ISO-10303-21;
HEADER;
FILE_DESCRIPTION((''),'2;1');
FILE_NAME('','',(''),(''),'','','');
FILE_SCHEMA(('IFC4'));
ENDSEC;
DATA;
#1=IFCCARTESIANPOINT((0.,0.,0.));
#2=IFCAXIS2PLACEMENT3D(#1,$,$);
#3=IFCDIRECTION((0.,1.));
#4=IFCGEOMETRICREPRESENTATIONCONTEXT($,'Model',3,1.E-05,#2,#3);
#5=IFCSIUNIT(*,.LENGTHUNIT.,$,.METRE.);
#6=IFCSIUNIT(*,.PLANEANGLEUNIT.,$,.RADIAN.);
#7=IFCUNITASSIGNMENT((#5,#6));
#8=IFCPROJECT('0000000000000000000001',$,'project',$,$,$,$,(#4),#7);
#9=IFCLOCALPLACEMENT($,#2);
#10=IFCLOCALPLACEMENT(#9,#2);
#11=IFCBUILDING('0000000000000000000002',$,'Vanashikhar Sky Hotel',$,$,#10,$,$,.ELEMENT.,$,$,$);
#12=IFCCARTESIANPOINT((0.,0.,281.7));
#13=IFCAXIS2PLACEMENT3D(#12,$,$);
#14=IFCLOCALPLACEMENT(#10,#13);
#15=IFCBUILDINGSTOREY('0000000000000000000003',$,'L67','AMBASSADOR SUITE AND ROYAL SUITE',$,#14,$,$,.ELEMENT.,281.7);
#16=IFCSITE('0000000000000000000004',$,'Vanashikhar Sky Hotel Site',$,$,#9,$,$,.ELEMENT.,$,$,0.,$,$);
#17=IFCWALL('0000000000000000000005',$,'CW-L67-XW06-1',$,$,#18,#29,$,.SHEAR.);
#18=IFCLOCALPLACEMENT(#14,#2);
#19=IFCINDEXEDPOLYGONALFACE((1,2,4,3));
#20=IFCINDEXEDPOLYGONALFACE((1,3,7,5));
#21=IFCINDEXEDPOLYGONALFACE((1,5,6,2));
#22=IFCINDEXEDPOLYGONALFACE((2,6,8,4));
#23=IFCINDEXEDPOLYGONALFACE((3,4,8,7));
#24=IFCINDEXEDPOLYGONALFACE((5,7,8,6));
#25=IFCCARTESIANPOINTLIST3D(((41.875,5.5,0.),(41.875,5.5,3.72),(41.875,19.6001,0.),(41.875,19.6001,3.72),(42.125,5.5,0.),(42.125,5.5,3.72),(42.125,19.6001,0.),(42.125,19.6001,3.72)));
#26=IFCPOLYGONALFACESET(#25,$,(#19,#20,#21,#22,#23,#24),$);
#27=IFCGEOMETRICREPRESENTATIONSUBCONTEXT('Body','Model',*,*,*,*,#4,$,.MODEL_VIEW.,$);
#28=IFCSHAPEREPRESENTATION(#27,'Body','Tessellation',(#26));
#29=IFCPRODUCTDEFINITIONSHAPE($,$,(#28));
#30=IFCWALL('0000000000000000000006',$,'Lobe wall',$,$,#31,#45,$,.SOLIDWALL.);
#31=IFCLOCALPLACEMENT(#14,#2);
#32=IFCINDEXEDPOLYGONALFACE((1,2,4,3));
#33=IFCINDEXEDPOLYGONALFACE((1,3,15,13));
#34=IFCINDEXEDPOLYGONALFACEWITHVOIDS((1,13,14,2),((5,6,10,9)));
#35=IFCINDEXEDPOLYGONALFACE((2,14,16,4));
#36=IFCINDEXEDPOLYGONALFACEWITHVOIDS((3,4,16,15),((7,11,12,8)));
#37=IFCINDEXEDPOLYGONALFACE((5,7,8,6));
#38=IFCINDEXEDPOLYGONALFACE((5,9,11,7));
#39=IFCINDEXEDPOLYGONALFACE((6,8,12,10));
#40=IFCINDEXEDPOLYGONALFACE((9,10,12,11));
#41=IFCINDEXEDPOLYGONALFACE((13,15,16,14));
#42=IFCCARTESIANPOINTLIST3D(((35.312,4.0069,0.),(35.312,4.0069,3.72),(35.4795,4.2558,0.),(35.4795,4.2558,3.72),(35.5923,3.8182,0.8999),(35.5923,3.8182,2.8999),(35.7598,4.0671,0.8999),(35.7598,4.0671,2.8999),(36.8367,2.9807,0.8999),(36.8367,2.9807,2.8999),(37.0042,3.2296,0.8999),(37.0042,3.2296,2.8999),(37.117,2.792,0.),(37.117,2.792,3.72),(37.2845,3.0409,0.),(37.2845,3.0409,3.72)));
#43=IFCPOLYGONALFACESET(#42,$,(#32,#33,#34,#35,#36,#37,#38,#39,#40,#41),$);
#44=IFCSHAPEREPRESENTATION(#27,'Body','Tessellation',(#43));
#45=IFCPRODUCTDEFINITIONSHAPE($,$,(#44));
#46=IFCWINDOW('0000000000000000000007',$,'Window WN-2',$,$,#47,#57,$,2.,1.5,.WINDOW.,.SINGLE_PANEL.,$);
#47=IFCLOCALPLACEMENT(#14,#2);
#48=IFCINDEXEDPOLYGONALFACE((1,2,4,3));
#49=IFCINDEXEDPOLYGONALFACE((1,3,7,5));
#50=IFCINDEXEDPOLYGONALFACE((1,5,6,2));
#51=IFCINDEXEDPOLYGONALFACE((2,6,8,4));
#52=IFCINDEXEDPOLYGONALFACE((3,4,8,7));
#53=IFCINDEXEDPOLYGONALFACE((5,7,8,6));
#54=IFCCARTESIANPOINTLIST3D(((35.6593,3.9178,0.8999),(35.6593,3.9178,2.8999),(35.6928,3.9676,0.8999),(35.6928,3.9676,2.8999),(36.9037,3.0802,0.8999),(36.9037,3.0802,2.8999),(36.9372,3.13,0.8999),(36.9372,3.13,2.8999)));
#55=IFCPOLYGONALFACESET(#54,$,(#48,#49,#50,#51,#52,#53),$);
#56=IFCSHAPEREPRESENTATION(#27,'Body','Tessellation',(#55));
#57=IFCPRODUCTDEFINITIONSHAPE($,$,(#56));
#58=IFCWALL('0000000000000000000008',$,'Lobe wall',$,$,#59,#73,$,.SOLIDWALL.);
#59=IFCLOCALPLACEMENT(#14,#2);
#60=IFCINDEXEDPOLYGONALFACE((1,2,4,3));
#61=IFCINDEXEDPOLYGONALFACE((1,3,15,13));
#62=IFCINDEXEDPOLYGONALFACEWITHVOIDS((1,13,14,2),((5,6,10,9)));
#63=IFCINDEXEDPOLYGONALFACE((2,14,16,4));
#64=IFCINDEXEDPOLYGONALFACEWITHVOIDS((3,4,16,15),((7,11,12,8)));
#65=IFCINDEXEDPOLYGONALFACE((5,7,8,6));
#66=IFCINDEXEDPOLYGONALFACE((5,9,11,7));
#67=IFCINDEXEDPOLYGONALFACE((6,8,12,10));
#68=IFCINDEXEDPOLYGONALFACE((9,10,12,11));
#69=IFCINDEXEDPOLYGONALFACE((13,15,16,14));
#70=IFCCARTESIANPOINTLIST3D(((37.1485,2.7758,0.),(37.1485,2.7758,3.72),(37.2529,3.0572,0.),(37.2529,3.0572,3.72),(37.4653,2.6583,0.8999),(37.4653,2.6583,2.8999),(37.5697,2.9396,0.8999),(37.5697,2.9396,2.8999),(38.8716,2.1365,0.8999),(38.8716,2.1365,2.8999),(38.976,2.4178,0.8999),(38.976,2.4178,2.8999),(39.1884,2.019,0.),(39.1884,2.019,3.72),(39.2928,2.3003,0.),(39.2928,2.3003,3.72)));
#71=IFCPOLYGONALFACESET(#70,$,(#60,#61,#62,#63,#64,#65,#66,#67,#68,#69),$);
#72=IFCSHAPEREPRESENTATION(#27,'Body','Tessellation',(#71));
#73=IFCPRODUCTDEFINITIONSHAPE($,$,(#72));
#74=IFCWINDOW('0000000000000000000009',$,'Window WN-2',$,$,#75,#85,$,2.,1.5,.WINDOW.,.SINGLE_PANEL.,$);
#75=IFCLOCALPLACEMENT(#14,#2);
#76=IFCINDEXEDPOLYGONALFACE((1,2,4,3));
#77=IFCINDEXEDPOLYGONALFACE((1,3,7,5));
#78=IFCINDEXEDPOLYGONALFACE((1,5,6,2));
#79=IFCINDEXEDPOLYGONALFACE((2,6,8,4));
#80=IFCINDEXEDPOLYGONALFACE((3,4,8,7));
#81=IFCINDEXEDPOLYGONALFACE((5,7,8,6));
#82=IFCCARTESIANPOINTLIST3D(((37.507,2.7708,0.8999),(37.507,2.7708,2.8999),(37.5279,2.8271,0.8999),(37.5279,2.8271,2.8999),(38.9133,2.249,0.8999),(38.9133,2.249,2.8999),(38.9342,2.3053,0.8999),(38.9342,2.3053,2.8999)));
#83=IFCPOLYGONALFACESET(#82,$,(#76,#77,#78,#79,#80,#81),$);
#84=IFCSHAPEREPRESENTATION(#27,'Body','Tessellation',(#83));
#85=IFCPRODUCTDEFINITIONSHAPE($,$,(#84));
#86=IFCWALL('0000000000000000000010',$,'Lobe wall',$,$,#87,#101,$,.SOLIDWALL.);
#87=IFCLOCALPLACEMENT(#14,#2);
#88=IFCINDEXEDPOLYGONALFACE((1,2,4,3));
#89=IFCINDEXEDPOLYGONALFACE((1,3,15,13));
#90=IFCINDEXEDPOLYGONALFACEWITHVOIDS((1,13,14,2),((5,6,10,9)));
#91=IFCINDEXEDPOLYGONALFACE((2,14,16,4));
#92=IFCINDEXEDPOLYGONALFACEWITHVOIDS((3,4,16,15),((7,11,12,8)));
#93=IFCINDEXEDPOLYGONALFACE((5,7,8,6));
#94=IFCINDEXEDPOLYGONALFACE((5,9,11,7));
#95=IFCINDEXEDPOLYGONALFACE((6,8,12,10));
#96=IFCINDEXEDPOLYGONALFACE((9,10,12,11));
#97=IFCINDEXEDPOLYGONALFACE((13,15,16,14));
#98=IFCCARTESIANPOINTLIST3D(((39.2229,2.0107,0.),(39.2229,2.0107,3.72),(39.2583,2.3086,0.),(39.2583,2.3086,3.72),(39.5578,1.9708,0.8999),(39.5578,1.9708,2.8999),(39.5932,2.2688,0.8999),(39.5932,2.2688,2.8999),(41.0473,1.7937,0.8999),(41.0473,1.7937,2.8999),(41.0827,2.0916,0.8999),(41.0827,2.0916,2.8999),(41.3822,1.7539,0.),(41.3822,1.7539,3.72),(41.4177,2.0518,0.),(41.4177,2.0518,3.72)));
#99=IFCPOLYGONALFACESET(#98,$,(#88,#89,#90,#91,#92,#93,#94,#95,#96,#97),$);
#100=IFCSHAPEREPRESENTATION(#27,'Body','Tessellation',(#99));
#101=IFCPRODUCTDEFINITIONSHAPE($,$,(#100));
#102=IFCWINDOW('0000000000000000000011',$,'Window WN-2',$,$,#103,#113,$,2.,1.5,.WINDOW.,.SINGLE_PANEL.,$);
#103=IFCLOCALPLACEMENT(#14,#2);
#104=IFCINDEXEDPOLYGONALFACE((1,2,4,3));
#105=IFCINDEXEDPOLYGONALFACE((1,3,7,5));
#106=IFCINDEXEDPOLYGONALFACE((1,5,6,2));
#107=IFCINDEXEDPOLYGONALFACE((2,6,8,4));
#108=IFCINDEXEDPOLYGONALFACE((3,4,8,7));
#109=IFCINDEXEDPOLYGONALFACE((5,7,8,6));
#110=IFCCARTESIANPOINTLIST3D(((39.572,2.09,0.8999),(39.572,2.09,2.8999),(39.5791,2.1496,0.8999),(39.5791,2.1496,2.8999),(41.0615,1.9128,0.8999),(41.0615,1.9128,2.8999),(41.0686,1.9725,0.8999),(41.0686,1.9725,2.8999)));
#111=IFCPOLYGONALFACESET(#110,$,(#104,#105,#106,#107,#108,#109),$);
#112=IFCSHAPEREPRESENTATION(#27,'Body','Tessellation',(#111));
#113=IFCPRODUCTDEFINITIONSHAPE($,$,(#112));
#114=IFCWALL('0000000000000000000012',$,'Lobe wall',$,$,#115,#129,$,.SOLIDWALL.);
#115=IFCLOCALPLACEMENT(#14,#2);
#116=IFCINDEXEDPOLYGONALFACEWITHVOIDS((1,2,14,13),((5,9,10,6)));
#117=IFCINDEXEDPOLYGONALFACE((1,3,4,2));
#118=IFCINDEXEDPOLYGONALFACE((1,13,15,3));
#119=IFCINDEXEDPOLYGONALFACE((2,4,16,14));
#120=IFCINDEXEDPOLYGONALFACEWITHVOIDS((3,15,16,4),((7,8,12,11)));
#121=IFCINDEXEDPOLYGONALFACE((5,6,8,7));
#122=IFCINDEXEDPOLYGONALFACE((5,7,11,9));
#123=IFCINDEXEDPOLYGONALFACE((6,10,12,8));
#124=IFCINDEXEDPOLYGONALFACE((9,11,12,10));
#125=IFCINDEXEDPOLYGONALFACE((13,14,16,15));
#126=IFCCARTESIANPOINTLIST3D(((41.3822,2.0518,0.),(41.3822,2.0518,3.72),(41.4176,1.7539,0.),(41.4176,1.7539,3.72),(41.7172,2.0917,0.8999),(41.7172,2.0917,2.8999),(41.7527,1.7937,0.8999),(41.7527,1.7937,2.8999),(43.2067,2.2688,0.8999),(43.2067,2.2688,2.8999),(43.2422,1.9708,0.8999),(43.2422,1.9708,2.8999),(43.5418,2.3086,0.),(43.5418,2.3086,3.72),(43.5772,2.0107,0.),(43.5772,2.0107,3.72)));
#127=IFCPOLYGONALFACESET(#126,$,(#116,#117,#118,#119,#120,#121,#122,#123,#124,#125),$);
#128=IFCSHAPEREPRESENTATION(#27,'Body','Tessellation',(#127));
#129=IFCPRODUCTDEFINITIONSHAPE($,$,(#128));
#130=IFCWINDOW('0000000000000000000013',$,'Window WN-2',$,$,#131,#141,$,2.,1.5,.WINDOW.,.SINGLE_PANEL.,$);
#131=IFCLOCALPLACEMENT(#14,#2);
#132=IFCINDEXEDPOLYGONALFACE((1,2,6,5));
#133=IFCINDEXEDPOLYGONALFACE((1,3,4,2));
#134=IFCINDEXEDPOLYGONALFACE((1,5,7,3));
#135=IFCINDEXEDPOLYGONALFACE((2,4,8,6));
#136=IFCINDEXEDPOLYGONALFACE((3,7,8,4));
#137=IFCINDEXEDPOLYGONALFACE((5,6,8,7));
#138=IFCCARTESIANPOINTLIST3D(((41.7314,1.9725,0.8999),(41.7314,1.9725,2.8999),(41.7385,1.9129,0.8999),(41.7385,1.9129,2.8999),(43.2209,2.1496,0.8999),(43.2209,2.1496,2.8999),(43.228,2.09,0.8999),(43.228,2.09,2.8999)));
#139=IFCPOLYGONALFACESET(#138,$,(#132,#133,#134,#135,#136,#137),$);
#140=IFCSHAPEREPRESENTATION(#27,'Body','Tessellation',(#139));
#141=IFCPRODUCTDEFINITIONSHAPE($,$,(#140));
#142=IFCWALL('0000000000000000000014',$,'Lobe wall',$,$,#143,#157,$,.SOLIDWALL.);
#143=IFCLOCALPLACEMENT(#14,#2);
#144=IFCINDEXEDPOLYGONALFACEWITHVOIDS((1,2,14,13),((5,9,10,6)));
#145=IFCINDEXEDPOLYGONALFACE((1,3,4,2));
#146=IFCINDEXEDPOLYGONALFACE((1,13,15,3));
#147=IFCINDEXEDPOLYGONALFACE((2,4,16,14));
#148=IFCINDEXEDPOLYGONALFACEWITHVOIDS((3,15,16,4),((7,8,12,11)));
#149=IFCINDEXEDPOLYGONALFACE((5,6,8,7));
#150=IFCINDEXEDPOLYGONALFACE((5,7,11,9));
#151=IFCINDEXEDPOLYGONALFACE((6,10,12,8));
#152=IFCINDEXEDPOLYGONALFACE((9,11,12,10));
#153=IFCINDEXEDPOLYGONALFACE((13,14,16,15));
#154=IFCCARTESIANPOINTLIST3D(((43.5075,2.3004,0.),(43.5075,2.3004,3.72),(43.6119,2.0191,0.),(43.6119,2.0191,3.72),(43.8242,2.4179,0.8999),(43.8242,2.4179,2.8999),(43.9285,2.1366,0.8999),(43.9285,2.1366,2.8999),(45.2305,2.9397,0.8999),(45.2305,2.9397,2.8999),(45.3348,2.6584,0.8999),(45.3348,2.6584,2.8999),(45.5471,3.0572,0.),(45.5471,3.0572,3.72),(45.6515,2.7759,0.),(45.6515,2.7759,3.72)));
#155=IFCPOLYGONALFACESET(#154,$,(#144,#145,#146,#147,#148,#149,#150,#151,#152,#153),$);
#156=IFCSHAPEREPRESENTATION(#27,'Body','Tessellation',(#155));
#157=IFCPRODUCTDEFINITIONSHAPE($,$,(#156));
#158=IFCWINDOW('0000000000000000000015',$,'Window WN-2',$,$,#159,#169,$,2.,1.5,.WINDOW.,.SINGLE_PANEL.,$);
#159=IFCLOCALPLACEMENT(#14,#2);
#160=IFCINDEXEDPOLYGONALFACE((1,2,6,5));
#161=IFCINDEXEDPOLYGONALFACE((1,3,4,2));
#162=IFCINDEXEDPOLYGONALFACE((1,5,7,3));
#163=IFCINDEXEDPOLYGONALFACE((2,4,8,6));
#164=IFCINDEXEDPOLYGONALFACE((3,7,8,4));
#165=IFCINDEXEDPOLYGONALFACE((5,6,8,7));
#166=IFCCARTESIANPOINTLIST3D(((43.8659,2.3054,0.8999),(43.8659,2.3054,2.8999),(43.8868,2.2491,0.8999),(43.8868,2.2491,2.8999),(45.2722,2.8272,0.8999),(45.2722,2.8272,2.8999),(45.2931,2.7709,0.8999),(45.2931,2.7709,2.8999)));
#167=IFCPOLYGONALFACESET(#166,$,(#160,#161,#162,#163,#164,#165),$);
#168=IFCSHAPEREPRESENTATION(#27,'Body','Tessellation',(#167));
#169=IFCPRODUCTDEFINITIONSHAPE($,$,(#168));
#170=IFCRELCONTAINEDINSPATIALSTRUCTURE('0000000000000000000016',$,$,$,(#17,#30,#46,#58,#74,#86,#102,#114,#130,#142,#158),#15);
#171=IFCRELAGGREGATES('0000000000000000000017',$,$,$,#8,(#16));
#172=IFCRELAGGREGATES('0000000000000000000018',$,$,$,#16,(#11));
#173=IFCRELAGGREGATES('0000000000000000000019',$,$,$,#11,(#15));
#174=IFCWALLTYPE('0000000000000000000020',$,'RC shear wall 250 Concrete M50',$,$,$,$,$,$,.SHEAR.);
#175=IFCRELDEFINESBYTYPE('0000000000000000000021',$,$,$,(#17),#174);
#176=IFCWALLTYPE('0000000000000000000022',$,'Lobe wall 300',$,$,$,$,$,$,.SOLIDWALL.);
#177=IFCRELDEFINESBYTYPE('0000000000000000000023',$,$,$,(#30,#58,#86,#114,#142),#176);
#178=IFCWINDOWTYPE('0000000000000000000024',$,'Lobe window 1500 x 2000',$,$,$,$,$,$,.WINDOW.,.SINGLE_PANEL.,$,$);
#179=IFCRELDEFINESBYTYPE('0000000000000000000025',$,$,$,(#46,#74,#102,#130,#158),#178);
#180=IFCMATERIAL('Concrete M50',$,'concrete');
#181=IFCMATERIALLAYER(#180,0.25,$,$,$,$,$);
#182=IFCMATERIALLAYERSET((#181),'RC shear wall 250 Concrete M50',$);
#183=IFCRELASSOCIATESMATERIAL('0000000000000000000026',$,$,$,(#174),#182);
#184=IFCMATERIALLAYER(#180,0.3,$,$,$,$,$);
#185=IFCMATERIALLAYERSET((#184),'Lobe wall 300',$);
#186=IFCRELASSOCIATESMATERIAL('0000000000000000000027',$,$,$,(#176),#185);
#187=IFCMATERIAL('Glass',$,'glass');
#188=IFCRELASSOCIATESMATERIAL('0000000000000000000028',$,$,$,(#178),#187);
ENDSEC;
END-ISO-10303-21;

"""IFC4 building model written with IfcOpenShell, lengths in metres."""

from ifc_helpers import new_model, si_unit, direction, frame, frame_2d, origin, place, context, subcontext, project, spatial, rectangle, extrude, source, transform, mapped, material, layer, layer_set, type_object, element, fill, save


model = new_model("IFC4")

# Units and contexts
model_context = context("Model", 3, precision=1e-05, world=origin(), true_north=direction((0.0, 1.0)))
body_context = subcontext(model_context, "Body", "Model", "MODEL_VIEW")
ifc_project = project(units=[si_unit("LENGTHUNIT", "METRE"), si_unit("PLANEANGLEUNIT", "RADIAN")], contexts=[model_context])

# Site, building, storey
site_placement = place(None, origin())
site = spatial("IfcSite", under=ifc_project, at=site_placement, Name="Vanashikhar Sky Hotel Site", CompositionType="ELEMENT", RefElevation=0.0)
building_placement = place(site_placement, origin())
building = spatial("IfcBuilding", under=site, at=building_placement, Name="Vanashikhar Sky Hotel", CompositionType="ELEMENT")
storey_placement = place(building_placement, frame((0.0, 0.0, 281.7)))
storey = spatial("IfcBuildingStorey", under=building, at=storey_placement, Name="L67", Description="AMBASSADOR SUITE AND ROYAL SUITE", CompositionType="ELEMENT", Elevation=281.7)

# Wall
ifc_material_1 = material(Name="Concrete M50", Category="concrete")
ifc_layer_1 = layer(ifc_material_1, 0.25)
ifc_layer_set_1 = layer_set([ifc_layer_1], Name="RC shear wall 250 Concrete M50")
wall_type_1 = type_object("IfcWallType", Name="RC shear wall 250 Concrete M50", PredefinedType="SHEAR", material=ifc_layer_set_1)
shared_shape_1 = source(origin(), body_context, "Body", "SweptSolid", [
    extrude(rectangle(XDim=14.1001, YDim=0.25, at=frame_2d((7.05, 0.0))), origin(), (0.0, 0.0, 1.0), 3.72),
])
wall_1_placement = place(storey_placement, frame((42.0, 5.5, 0.0), z_axis=(0.0, 0.0, 1.0), x_axis=(0.0, 1.0, 0.0)))
element("IfcWall", 1, at=wall_1_placement, inside=storey, type_object=wall_type_1, Name="CW-L67-XW06-1", PredefinedType="SHEAR", context=body_context, shape_type="MappedRepresentation", body=[
    mapped(shared_shape_1, transform((0.0, 0.0, 0.0), scale=1.0)),
])

# Walls, openings, windows
ifc_layer_2 = layer(ifc_material_1, 0.3)
ifc_layer_set_2 = layer_set([ifc_layer_2], Name="Lobe wall 300")
wall_type_2 = type_object("IfcWallType", Name="Lobe wall 300", PredefinedType="SOLIDWALL", material=ifc_layer_set_2)
shared_shape_2 = source(origin(), body_context, "Body", "SweptSolid", [
    extrude(rectangle(XDim=2.1758, YDim=0.3, at=frame_2d((1.0879, 0.0))), origin(), (0.0, 0.0, 1.0), 3.72),
])
wall_2_placement = place(storey_placement, frame((35.3958, 4.1313, 0.0), z_axis=(0.0, 0.0, 1.0), x_axis=(0.829591, -0.558372, 0.0)))
wall_2 = element("IfcWall", 2, at=wall_2_placement, inside=storey, type_object=wall_type_2, Name="Lobe wall", PredefinedType="SOLIDWALL", context=body_context, shape_type="MappedRepresentation", body=[
    mapped(shared_shape_2, transform((0.0, 0.0, 0.0), scale=1.0)),
])
shared_shape_3 = source(origin(), body_context, "Body", "SweptSolid", [
    extrude(rectangle(XDim=1.5, YDim=2.0, at=frame_2d((0.75, 1.0))), frame((0.0, 0.1602, 0.0), z_axis=(0.0, -1.0, 0.0), x_axis=(1.0, 0.0, 0.0)), (0.0, 0.0, 1.0), 0.3201),
])
opening_1_placement = place(wall_2_placement, frame((0.3379, 0.0, 0.8999)))
opening_1 = element("IfcOpeningElement", 3, at=opening_1_placement, cuts=wall_2, PredefinedType="OPENING", context=body_context, shape_type="MappedRepresentation", body=[
    mapped(shared_shape_3, transform((0.0, 0.0, 0.0), scale=1.0)),
])
ifc_material_2 = material(Name="Glass", Category="glass")
window_type = type_object("IfcWindowType", Name="Lobe window 1500 x 2000", PartitioningType="SINGLE_PANEL", PredefinedType="WINDOW", material=ifc_material_2)
shared_shape_4 = source(origin(), body_context, "Body", "SweptSolid", [
    extrude(rectangle(XDim=1.5, YDim=2.0, at=frame_2d((0.75, 1.0))), frame((0.0, 0.03, 0.0), z_axis=(0.0, -1.0, 0.0), x_axis=(1.0, 0.0, 0.0)), (0.0, 0.0, 1.0), 0.0601),
])
window_1_placement = place(opening_1_placement, origin())
window_1 = element("IfcWindow", 4, at=window_1_placement, inside=storey, type_object=window_type, Name="Window WN-2", OverallHeight=2.0, OverallWidth=1.5, PartitioningType="SINGLE_PANEL", PredefinedType="WINDOW", context=body_context, shape_type="MappedRepresentation", body=[
    mapped(shared_shape_4, transform((0.0, 0.0, 0.0), scale=1.0)),
])
fill(opening_1, window_1)
wall_3_placement = place(storey_placement, frame((37.2007, 2.9165, 0.0), z_axis=(0.0, 0.0, 1.0), x_axis=(0.937546, -0.347863, 0.0)))
wall_3 = element("IfcWall", 5, at=wall_3_placement, inside=storey, type_object=wall_type_2, Name="Lobe wall", PredefinedType="SOLIDWALL", context=body_context, shape_type="MappedRepresentation", body=[
    mapped(shared_shape_2, transform((0.0, 0.0, 0.0), scale=1.0)),
])
opening_2_placement = place(wall_3_placement, frame((0.3379, 0.0, 0.8999)))
opening_2 = element("IfcOpeningElement", 6, at=opening_2_placement, cuts=wall_3, PredefinedType="OPENING", context=body_context, shape_type="MappedRepresentation", body=[
    mapped(shared_shape_3, transform((0.0, 0.0, 0.0), scale=1.0)),
])
window_2_placement = place(opening_2_placement, origin())
window_2 = element("IfcWindow", 7, at=window_2_placement, inside=storey, type_object=window_type, Name="Window WN-2", OverallHeight=2.0, OverallWidth=1.5, PartitioningType="SINGLE_PANEL", PredefinedType="WINDOW", context=body_context, shape_type="MappedRepresentation", body=[
    mapped(shared_shape_4, transform((0.0, 0.0, 0.0), scale=1.0)),
])
fill(opening_2, window_2)
shared_shape_5 = source(origin(), body_context, "Body", "SweptSolid", [
    extrude(rectangle(XDim=2.1746, YDim=0.3, at=frame_2d((1.0874, 0.0))), origin(), (0.0, 0.0, 1.0), 3.72),
])
wall_4_placement = place(storey_placement, frame((39.2405, 2.1597, 0.0), z_axis=(0.0, 0.0, 1.0), x_axis=(0.993001, -0.118105, 0.0)))
wall_4 = element("IfcWall", 8, at=wall_4_placement, inside=storey, type_object=wall_type_2, Name="Lobe wall", PredefinedType="SOLIDWALL", context=body_context, shape_type="MappedRepresentation", body=[
    mapped(shared_shape_5, transform((0.0, 0.0, 0.0), scale=1.0)),
])
opening_3_placement = place(wall_4_placement, frame((0.3374, 0.0, 0.8999)))
opening_3 = element("IfcOpeningElement", 9, at=opening_3_placement, cuts=wall_4, PredefinedType="OPENING", context=body_context, shape_type="MappedRepresentation", body=[
    mapped(shared_shape_3, transform((0.0, 0.0, 0.0), scale=1.0)),
])
window_3_placement = place(opening_3_placement, origin())
window_3 = element("IfcWindow", 10, at=window_3_placement, inside=storey, type_object=window_type, Name="Window WN-2", OverallHeight=2.0, OverallWidth=1.5, PartitioningType="SINGLE_PANEL", PredefinedType="WINDOW", context=body_context, shape_type="MappedRepresentation", body=[
    mapped(shared_shape_4, transform((0.0, 0.0, 0.0), scale=1.0)),
])
fill(opening_3, window_3)
shared_shape_6 = source(origin(), body_context, "Body", "SweptSolid", [
    extrude(rectangle(XDim=2.1748, YDim=0.3, at=frame_2d((1.0874, 0.0))), origin(), (0.0, 0.0, 1.0), 3.72),
])
wall_5_placement = place(storey_placement, frame((41.3999, 1.9028, 0.0), z_axis=(0.0, 0.0, 1.0), x_axis=(0.993003, 0.118092, 0.0)))
wall_5 = element("IfcWall", 11, at=wall_5_placement, inside=storey, type_object=wall_type_2, Name="Lobe wall", PredefinedType="SOLIDWALL", context=body_context, shape_type="MappedRepresentation", body=[
    mapped(shared_shape_6, transform((0.0, 0.0, 0.0), scale=1.0)),
])
opening_4_placement = place(wall_5_placement, frame((0.3374, 0.0, 0.8999)))
opening_4 = element("IfcOpeningElement", 12, at=opening_4_placement, cuts=wall_5, PredefinedType="OPENING", context=body_context, shape_type="MappedRepresentation", body=[
    mapped(shared_shape_3, transform((0.0, 0.0, 0.0), scale=1.0)),
])
window_4_placement = place(opening_4_placement, origin())
window_4 = element("IfcWindow", 13, at=window_4_placement, inside=storey, type_object=window_type, Name="Window WN-2", OverallHeight=2.0, OverallWidth=1.5, PartitioningType="SINGLE_PANEL", PredefinedType="WINDOW", context=body_context, shape_type="MappedRepresentation", body=[
    mapped(shared_shape_4, transform((0.0, 0.0, 0.0), scale=1.0)),
])
fill(opening_4, window_4)
shared_shape_7 = source(origin(), body_context, "Body", "SweptSolid", [
    extrude(rectangle(XDim=2.1755, YDim=0.3, at=frame_2d((1.0879, 0.0))), origin(), (0.0, 0.0, 1.0), 3.72),
])
wall_6_placement = place(storey_placement, frame((43.5596, 2.1597, 0.0), z_axis=(0.0, 0.0, 1.0), x_axis=(0.937532, 0.347899, 0.0)))
wall_6 = element("IfcWall", 14, at=wall_6_placement, inside=storey, type_object=wall_type_2, Name="Lobe wall", PredefinedType="SOLIDWALL", context=body_context, shape_type="MappedRepresentation", body=[
    mapped(shared_shape_7, transform((0.0, 0.0, 0.0), scale=1.0)),
])
opening_5_placement = place(wall_6_placement, frame((0.3379, 0.0, 0.8999)))
opening_5 = element("IfcOpeningElement", 15, at=opening_5_placement, cuts=wall_6, PredefinedType="OPENING", context=body_context, shape_type="MappedRepresentation", body=[
    mapped(shared_shape_3, transform((0.0, 0.0, 0.0), scale=1.0)),
])
window_5_placement = place(opening_5_placement, origin())
window_5 = element("IfcWindow", 16, at=window_5_placement, inside=storey, type_object=window_type, Name="Window WN-2", OverallHeight=2.0, OverallWidth=1.5, PartitioningType="SINGLE_PANEL", PredefinedType="WINDOW", context=body_context, shape_type="MappedRepresentation", body=[
    mapped(shared_shape_4, transform((0.0, 0.0, 0.0), scale=1.0)),
])
fill(opening_5, window_5)

save(model, "model.ifc")
